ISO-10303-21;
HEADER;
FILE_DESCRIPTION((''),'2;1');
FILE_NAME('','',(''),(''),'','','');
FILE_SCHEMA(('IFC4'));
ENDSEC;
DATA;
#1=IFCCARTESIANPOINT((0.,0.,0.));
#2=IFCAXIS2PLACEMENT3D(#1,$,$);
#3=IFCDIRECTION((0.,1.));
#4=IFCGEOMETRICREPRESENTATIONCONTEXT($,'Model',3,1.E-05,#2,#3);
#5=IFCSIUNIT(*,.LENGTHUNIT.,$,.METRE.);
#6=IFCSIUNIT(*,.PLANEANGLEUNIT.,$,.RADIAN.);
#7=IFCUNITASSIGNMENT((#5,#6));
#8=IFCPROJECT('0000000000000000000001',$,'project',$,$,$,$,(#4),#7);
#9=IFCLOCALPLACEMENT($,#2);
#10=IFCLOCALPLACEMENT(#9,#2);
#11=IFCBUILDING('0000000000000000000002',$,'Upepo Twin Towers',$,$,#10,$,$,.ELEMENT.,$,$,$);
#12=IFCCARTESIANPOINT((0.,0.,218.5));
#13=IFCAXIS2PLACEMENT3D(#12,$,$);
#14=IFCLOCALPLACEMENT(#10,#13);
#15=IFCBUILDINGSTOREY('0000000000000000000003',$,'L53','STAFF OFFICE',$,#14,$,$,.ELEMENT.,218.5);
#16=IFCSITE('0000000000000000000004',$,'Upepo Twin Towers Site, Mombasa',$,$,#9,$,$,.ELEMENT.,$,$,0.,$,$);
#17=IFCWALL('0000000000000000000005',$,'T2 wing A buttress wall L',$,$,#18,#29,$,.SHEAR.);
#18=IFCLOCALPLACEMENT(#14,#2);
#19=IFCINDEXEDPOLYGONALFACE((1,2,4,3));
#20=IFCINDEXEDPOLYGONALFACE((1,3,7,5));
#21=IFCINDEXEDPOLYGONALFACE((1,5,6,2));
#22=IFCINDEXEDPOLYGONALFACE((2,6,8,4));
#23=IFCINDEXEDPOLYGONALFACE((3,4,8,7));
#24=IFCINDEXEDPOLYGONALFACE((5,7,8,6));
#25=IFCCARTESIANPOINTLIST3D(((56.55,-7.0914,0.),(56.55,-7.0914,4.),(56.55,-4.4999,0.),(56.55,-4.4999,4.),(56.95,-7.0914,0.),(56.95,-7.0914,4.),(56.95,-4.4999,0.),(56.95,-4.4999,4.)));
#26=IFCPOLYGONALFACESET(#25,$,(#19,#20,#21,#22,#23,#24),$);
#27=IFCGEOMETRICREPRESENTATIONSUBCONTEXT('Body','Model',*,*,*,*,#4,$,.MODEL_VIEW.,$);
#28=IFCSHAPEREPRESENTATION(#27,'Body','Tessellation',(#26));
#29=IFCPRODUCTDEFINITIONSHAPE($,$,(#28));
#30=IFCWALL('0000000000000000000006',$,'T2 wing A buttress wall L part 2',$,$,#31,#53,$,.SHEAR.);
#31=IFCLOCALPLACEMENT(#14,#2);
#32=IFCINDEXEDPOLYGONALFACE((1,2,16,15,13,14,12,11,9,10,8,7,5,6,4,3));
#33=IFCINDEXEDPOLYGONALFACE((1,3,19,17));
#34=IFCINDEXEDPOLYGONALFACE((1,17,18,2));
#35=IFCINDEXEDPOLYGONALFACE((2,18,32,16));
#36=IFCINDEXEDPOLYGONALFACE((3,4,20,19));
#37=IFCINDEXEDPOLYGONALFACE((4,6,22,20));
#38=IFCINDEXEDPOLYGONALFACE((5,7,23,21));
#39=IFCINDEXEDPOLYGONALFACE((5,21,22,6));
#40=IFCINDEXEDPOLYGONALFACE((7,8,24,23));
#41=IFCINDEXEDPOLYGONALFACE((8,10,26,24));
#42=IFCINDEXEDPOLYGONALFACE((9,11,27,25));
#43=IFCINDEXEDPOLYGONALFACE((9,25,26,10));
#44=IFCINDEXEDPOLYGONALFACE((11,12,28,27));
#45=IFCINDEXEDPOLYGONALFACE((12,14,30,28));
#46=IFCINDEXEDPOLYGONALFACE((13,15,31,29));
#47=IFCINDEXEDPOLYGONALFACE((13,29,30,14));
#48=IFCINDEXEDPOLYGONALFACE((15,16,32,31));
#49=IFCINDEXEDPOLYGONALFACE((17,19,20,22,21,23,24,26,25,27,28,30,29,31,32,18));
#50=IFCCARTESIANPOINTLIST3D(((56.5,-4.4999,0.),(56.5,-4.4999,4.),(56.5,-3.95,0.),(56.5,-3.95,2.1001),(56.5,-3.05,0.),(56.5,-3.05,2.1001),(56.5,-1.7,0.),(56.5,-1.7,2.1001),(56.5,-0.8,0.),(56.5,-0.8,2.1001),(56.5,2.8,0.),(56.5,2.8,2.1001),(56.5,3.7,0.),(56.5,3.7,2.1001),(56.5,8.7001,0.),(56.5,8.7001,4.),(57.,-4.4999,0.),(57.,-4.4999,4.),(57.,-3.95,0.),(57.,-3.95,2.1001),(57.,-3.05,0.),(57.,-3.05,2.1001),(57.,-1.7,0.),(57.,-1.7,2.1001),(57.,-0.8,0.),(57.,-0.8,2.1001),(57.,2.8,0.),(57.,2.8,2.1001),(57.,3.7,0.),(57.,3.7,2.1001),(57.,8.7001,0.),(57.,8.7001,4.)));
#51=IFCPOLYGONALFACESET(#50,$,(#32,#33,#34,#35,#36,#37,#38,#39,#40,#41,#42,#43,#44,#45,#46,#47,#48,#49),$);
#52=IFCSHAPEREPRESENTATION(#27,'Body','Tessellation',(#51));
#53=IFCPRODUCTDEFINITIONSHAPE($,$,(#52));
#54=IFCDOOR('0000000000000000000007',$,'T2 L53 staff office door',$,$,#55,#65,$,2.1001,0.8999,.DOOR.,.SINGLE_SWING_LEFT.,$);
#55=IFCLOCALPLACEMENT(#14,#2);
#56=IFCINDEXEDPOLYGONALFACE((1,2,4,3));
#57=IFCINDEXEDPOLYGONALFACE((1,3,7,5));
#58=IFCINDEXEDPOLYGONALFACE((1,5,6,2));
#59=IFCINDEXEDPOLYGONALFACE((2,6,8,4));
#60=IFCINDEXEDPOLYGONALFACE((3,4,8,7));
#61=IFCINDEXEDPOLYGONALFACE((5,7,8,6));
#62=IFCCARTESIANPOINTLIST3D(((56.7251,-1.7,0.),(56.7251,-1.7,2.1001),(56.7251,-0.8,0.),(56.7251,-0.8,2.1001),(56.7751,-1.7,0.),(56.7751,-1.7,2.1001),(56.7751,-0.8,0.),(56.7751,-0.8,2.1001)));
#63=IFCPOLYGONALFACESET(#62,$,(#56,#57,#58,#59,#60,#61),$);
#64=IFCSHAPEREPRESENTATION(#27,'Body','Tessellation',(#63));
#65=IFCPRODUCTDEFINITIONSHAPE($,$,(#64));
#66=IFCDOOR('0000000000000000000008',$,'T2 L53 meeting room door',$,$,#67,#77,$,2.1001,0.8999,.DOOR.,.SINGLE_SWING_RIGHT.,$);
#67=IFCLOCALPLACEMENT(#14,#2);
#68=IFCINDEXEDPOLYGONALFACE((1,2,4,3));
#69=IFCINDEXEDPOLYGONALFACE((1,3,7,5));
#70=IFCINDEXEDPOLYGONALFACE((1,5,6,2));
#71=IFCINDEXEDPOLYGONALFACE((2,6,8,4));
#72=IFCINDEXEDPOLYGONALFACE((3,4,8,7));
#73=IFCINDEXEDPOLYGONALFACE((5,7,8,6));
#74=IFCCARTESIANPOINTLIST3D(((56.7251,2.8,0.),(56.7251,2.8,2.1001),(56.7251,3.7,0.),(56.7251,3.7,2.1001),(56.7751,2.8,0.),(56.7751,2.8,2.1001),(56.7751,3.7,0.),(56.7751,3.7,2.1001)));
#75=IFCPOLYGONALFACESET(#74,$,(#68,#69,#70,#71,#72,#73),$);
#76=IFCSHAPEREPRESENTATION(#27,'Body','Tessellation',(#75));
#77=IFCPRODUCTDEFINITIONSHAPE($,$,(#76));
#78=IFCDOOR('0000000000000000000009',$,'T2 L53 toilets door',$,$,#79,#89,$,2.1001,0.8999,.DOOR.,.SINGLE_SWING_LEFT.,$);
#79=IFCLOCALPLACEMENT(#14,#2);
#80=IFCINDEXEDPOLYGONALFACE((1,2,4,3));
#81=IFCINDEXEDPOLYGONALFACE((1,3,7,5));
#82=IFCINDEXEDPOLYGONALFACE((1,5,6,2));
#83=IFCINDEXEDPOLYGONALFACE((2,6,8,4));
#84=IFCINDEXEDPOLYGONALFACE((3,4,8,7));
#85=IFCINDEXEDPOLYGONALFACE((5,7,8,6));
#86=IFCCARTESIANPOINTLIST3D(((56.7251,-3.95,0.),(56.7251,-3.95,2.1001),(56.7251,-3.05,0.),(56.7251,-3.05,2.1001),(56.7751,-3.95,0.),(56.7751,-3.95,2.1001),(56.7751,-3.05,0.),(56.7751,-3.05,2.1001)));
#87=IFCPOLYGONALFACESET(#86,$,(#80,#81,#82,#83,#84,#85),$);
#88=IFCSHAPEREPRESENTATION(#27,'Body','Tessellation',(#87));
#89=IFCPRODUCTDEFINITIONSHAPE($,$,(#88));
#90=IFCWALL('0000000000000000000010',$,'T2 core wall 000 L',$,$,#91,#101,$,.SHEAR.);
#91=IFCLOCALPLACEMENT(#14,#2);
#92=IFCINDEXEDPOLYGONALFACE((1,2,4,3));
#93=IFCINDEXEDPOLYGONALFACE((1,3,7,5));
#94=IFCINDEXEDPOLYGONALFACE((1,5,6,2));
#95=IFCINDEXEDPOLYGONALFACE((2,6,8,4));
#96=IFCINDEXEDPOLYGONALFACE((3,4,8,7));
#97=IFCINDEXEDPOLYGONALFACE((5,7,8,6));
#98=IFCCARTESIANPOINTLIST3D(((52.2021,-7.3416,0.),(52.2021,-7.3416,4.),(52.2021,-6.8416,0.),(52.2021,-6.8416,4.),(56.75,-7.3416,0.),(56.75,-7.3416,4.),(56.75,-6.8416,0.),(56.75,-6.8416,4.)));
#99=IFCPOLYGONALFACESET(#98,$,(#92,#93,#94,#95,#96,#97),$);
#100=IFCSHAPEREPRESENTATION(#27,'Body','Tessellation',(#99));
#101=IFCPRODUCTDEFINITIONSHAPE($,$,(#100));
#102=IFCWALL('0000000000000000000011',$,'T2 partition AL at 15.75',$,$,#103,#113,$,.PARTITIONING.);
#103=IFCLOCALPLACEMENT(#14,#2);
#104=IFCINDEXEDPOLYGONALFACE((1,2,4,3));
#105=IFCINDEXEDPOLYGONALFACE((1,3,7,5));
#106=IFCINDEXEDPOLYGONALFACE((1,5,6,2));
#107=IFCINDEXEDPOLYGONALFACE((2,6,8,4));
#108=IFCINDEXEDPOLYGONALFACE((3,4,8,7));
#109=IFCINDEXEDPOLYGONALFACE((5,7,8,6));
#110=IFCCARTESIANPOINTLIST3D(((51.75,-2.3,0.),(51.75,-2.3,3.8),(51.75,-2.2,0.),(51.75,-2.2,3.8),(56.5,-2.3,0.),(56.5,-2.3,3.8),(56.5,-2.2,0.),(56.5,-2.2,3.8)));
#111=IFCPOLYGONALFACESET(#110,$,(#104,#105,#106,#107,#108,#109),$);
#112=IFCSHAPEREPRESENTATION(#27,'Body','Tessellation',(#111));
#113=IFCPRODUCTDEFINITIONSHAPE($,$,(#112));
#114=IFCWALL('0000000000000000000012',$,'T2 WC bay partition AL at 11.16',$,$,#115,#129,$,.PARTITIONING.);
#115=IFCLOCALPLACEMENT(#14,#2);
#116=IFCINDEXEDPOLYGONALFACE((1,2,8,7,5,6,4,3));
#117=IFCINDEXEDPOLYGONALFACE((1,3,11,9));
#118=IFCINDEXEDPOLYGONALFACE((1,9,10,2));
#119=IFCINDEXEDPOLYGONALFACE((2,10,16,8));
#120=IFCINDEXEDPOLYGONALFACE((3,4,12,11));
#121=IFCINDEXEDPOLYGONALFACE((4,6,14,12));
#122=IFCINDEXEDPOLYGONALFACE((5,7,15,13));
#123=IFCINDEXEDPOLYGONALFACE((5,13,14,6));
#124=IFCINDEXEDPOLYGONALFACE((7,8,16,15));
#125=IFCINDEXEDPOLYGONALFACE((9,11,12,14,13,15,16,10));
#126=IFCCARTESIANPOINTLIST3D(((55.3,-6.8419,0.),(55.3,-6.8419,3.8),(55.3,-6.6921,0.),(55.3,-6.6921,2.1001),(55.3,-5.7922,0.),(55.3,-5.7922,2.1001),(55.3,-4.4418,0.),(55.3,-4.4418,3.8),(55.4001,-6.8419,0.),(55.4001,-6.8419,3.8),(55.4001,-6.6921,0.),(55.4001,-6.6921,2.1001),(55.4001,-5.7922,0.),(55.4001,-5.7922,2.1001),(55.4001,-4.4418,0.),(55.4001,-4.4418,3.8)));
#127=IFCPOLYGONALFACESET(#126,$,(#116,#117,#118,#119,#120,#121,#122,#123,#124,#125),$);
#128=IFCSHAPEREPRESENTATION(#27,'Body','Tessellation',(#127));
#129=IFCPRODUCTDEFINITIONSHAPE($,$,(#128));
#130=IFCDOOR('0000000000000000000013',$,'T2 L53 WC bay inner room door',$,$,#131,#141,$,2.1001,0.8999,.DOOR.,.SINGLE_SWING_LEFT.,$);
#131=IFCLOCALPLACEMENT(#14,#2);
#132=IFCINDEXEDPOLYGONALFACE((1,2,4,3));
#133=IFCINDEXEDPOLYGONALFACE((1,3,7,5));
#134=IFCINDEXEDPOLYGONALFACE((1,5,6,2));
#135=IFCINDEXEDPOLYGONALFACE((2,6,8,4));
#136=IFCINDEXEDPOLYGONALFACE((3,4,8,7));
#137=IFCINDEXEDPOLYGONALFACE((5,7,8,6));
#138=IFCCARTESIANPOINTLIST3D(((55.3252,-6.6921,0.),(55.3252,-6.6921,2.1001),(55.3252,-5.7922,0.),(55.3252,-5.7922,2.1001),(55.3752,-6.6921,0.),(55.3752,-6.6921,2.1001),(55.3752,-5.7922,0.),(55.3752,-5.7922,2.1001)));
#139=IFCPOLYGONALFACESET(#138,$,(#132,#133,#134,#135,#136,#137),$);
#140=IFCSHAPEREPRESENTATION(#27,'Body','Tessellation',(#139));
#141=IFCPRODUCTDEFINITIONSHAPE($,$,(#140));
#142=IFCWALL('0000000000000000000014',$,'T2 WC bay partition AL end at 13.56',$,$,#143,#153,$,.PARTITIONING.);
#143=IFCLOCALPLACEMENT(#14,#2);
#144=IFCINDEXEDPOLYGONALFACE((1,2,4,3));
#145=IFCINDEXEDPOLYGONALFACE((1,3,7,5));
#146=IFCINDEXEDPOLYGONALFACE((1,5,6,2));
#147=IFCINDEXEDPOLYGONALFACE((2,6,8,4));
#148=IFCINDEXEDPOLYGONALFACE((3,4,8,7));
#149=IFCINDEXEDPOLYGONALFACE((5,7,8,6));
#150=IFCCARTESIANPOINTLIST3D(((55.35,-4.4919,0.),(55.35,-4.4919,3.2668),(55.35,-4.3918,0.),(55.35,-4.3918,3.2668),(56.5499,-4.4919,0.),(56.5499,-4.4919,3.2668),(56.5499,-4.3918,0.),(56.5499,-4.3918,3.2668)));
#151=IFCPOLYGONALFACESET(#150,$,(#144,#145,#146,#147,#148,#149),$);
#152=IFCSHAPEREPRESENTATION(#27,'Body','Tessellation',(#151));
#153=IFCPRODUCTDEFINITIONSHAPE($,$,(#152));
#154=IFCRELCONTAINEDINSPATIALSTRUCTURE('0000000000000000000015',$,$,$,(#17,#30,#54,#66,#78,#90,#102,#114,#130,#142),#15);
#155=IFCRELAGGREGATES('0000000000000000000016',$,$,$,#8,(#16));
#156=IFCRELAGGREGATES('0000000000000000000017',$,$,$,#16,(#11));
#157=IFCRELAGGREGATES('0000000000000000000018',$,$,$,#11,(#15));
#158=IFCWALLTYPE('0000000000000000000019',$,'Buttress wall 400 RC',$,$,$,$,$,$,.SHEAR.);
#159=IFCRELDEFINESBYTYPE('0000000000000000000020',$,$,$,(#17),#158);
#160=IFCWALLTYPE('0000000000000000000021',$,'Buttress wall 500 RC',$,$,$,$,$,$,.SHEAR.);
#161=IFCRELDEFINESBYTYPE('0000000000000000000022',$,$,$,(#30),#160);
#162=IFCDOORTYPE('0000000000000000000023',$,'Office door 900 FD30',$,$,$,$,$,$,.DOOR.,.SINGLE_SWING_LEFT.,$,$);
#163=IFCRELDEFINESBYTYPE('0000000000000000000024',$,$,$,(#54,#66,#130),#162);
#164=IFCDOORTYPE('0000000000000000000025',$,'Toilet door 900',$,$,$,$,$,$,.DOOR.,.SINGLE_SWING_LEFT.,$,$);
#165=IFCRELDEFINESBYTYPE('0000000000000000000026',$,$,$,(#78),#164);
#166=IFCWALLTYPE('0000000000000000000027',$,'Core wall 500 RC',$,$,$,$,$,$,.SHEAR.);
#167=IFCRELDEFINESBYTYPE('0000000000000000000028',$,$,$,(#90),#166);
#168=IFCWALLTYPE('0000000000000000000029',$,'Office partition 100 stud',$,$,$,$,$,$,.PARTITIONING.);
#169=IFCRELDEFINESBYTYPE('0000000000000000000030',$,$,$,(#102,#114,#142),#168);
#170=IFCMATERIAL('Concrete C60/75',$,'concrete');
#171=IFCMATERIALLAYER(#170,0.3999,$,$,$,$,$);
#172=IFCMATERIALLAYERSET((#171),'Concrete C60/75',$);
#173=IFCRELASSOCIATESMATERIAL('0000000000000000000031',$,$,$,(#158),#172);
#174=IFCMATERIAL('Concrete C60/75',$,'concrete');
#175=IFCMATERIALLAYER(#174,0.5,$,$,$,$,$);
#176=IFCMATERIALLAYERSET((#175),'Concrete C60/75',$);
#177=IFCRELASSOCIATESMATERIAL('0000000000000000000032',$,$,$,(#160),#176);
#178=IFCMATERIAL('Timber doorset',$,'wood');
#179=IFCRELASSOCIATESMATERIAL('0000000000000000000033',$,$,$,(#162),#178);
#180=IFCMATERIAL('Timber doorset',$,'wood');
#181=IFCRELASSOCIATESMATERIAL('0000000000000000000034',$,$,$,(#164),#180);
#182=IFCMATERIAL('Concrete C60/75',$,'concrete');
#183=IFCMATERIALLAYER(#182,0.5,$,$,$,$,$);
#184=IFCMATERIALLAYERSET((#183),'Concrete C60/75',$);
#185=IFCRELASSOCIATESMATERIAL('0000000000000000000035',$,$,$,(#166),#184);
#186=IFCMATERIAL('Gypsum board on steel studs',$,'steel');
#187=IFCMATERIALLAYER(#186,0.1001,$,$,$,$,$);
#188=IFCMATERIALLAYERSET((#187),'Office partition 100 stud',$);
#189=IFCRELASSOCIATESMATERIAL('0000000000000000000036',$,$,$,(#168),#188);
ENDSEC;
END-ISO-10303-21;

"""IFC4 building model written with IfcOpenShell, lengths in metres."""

from ifc_helpers import new_model, si_unit, direction, frame, frame_2d, origin, place, context, subcontext, project, spatial, rectangle, extrude, material, layer, layer_set, type_object, element, fill, save


model = new_model("IFC4")

# Units and contexts
model_context = context("Model", 3, precision=1e-05, world=origin(), true_north=direction((0.0, 1.0)))
body_context = subcontext(model_context, "Body", "Model", "MODEL_VIEW")
ifc_project = project(units=[si_unit("LENGTHUNIT", "METRE"), si_unit("PLANEANGLEUNIT", "RADIAN")], contexts=[model_context])

# Site, building, storey
site_placement = place(None, origin())
site = spatial("IfcSite", under=ifc_project, at=site_placement, Name="Upepo Twin Towers Site, Mombasa", CompositionType="ELEMENT", RefElevation=0.0)
building_placement = place(site_placement, origin())
building = spatial("IfcBuilding", under=site, at=building_placement, Name="Upepo Twin Towers", CompositionType="ELEMENT")
storey_placement = place(building_placement, frame((0.0, 0.0, 218.5)))
storey = spatial("IfcBuildingStorey", under=building, at=storey_placement, Name="L53", Description="STAFF OFFICE", CompositionType="ELEMENT", Elevation=218.5)

# Wall
ifc_material_1 = material(Name="Concrete C60/75", Category="concrete")
ifc_layer_1 = layer(ifc_material_1, 0.3999)
ifc_layer_set_1 = layer_set([ifc_layer_1], Name="Concrete C60/75")
wall_type_1 = type_object("IfcWallType", Name="Buttress wall 400 RC", PredefinedType="SHEAR", material=ifc_layer_set_1)
wall_1_placement = place(storey_placement, frame((56.75, -7.0916, 0.0), z_axis=(0.0, 0.0, 1.0), x_axis=(0.0, 1.0, 0.0)))
element("IfcWall", 1, at=wall_1_placement, inside=storey, type_object=wall_type_1, Name="T2 wing A buttress wall L", PredefinedType="SHEAR", context=body_context, shape_type="SweptSolid", body=[
    extrude(rectangle(XDim=2.5916, YDim=0.3999, at=frame_2d((1.2959, 0.0))), origin(), (0.0, 0.0, 1.0), 4.0),
])

# Wall, openings, doors
ifc_material_2 = material(Name="Concrete C60/75", Category="concrete")
ifc_layer_2 = layer(ifc_material_2, 0.5)
ifc_layer_set_2 = layer_set([ifc_layer_2], Name="Concrete C60/75")
wall_type_2 = type_object("IfcWallType", Name="Buttress wall 500 RC", PredefinedType="SHEAR", material=ifc_layer_set_2)
wall_2_placement = place(storey_placement, frame((56.75, -4.5, 0.0), z_axis=(0.0, 0.0, 1.0), x_axis=(0.0, 1.0, 0.0)))
wall_2 = element("IfcWall", 2, at=wall_2_placement, inside=storey, type_object=wall_type_2, Name="T2 wing A buttress wall L part 2", PredefinedType="SHEAR", context=body_context, shape_type="SweptSolid", body=[
    extrude(rectangle(XDim=13.2, YDim=0.5, at=frame_2d((6.6001, 0.0))), origin(), (0.0, 0.0, 1.0), 4.0),
])
opening_1_placement = place(wall_2_placement, frame((0.55, 0.0, 0.0)))
opening_1 = element("IfcOpeningElement", 3, at=opening_1_placement, cuts=wall_2, PredefinedType="OPENING", context=body_context, shape_type="SweptSolid", body=[
    extrude(rectangle(XDim=0.8999, YDim=2.1001, at=frame_2d((0.45, 1.05))), frame((0.0, 0.26, 0.0), z_axis=(0.0, -1.0, 0.0), x_axis=(1.0, 0.0, 0.0)), (0.0, 0.0, 1.0), 0.52),
])
opening_2_placement = place(wall_2_placement, frame((2.8, 0.0, 0.0)))
opening_2 = element("IfcOpeningElement", 4, at=opening_2_placement, cuts=wall_2, PredefinedType="OPENING", context=body_context, shape_type="SweptSolid", body=[
    extrude(rectangle(XDim=0.8999, YDim=2.1001, at=frame_2d((0.45, 1.05))), frame((0.0, 0.26, 0.0), z_axis=(0.0, -1.0, 0.0), x_axis=(1.0, 0.0, 0.0)), (0.0, 0.0, 1.0), 0.52),
])
opening_3_placement = place(wall_2_placement, frame((7.3, 0.0, 0.0)))
opening_3 = element("IfcOpeningElement", 5, at=opening_3_placement, cuts=wall_2, PredefinedType="OPENING", context=body_context, shape_type="SweptSolid", body=[
    extrude(rectangle(XDim=0.8999, YDim=2.1001, at=frame_2d((0.45, 1.05))), frame((0.0, 0.26, 0.0), z_axis=(0.0, -1.0, 0.0), x_axis=(1.0, 0.0, 0.0)), (0.0, 0.0, 1.0), 0.52),
])
ifc_material_3 = material(Name="Timber doorset", Category="wood")
door_type_1 = type_object("IfcDoorType", Name="Office door 900 FD30", OperationType="SINGLE_SWING_LEFT", PredefinedType="DOOR", material=ifc_material_3)
door_1_placement = place(opening_2_placement, origin())
door_1 = element("IfcDoor", 6, at=door_1_placement, inside=storey, type_object=door_type_1, Name="T2 L53 staff office door", OperationType="SINGLE_SWING_LEFT", OverallHeight=2.1001, OverallWidth=0.8999, PredefinedType="DOOR", context=body_context, shape_type="SweptSolid", body=[
    extrude(rectangle(XDim=0.8999, YDim=2.1001, at=frame_2d((0.45, 1.05))), frame((0.0, 0.0249, 0.0), z_axis=(0.0, -1.0, 0.0), x_axis=(1.0, 0.0, 0.0)), (0.0, 0.0, 1.0), 0.05),
])
fill(opening_2, door_1)
door_2_placement = place(opening_3_placement, origin())
door_2 = element("IfcDoor", 7, at=door_2_placement, inside=storey, type_object=door_type_1, Name="T2 L53 meeting room door", OperationType="SINGLE_SWING_RIGHT", OverallHeight=2.1001, OverallWidth=0.8999, PredefinedType="DOOR", context=body_context, shape_type="SweptSolid", body=[
    extrude(rectangle(XDim=0.8999, YDim=2.1001, at=frame_2d((0.45, 1.05))), frame((0.0, 0.0249, 0.0), z_axis=(0.0, -1.0, 0.0), x_axis=(1.0, 0.0, 0.0)), (0.0, 0.0, 1.0), 0.05),
])
fill(opening_3, door_2)
ifc_material_4 = material(Name="Timber doorset", Category="wood")
door_type_2 = type_object("IfcDoorType", Name="Toilet door 900", OperationType="SINGLE_SWING_LEFT", PredefinedType="DOOR", material=ifc_material_4)
door_3_placement = place(opening_1_placement, origin())
door_3 = element("IfcDoor", 8, at=door_3_placement, inside=storey, type_object=door_type_2, Name="T2 L53 toilets door", OperationType="SINGLE_SWING_LEFT", OverallHeight=2.1001, OverallWidth=0.8999, PredefinedType="DOOR", context=body_context, shape_type="SweptSolid", body=[
    extrude(rectangle(XDim=0.8999, YDim=2.1001, at=frame_2d((0.45, 1.05))), frame((0.0, 0.0249, 0.0), z_axis=(0.0, -1.0, 0.0), x_axis=(1.0, 0.0, 0.0)), (0.0, 0.0, 1.0), 0.05),
])
fill(opening_1, door_3)

# Walls
ifc_material_5 = material(Name="Concrete C60/75", Category="concrete")
ifc_layer_3 = layer(ifc_material_5, 0.5)
ifc_layer_set_3 = layer_set([ifc_layer_3], Name="Concrete C60/75")
wall_type_3 = type_object("IfcWallType", Name="Core wall 500 RC", PredefinedType="SHEAR", material=ifc_layer_set_3)
wall_3_placement = place(storey_placement, frame((56.75, -7.0916, 0.0), z_axis=(0.0, 0.0, 1.0), x_axis=(-1.0, 0.0, 0.0)))
element("IfcWall", 9, at=wall_3_placement, inside=storey, type_object=wall_type_3, Name="T2 core wall 000 L", PredefinedType="SHEAR", context=body_context, shape_type="SweptSolid", body=[
    extrude(rectangle(XDim=4.5479, YDim=0.5, at=frame_2d((2.2739, 0.0))), origin(), (0.0, 0.0, 1.0), 4.0),
])
ifc_material_6 = material(Name="Gypsum board on steel studs", Category="steel")
ifc_layer_4 = layer(ifc_material_6, 0.1001)
ifc_layer_set_4 = layer_set([ifc_layer_4], Name="Office partition 100 stud")
wall_type_4 = type_object("IfcWallType", Name="Office partition 100 stud", PredefinedType="PARTITIONING", material=ifc_layer_set_4)
wall_4_placement = place(storey_placement, frame((56.5, -2.25, 0.0), z_axis=(0.0, 0.0, 1.0), x_axis=(-1.0, 0.0, 0.0)))
element("IfcWall", 10, at=wall_4_placement, inside=storey, type_object=wall_type_4, Name="T2 partition AL at 15.75", PredefinedType="PARTITIONING", context=body_context, shape_type="SweptSolid", body=[
    extrude(rectangle(XDim=4.75, YDim=0.1001, at=frame_2d((2.375, 0.0))), origin(), (0.0, 0.0, 1.0), 3.8),
])

# Wall, opening, door
wall_5_placement = place(storey_placement, frame((55.3501, -6.842, 0.0), z_axis=(0.0, 0.0, 1.0), x_axis=(0.0, 1.0, 0.0)))
wall_5 = element("IfcWall", 11, at=wall_5_placement, inside=storey, type_object=wall_type_4, Name="T2 WC bay partition AL at 11.16", PredefinedType="PARTITIONING", context=body_context, shape_type="SweptSolid", body=[
    extrude(rectangle(XDim=2.4001, YDim=0.1001, at=frame_2d((1.2002, 0.0))), origin(), (0.0, 0.0, 1.0), 3.8),
])
opening_4_placement = place(wall_5_placement, frame((0.1499, 0.0, 0.0)))
opening_4 = element("IfcOpeningElement", 12, at=opening_4_placement, cuts=wall_5, PredefinedType="OPENING", context=body_context, shape_type="SweptSolid", body=[
    extrude(rectangle(XDim=0.8999, YDim=2.1001, at=frame_2d((0.45, 1.05))), frame((0.0, 0.0601, 0.0), z_axis=(0.0, -1.0, 0.0), x_axis=(1.0, 0.0, 0.0)), (0.0, 0.0, 1.0), 0.1201),
])
door_4_placement = place(opening_4_placement, origin())
door_4 = element("IfcDoor", 13, at=door_4_placement, inside=storey, type_object=door_type_1, Name="T2 L53 WC bay inner room door", OperationType="SINGLE_SWING_LEFT", OverallHeight=2.1001, OverallWidth=0.8999, PredefinedType="DOOR", context=body_context, shape_type="SweptSolid", body=[
    extrude(rectangle(XDim=0.8999, YDim=2.1001, at=frame_2d((0.45, 1.05))), frame((0.0, 0.0249, 0.0), z_axis=(0.0, -1.0, 0.0), x_axis=(1.0, 0.0, 0.0)), (0.0, 0.0, 1.0), 0.05),
])
fill(opening_4, door_4)

# Wall
wall_6_placement = place(storey_placement, frame((56.55, -4.4419, 0.0), z_axis=(0.0, 0.0, 1.0), x_axis=(-1.0, 0.0, 0.0)))
element("IfcWall", 14, at=wall_6_placement, inside=storey, type_object=wall_type_4, Name="T2 WC bay partition AL end at 13.56", PredefinedType="PARTITIONING", context=body_context, shape_type="SweptSolid", body=[
    extrude(rectangle(XDim=1.2, YDim=0.1001, at=frame_2d((0.6001, 0.0))), origin(), (0.0, 0.0, 1.0), 3.2668),
])

save(model, "model.ifc")
